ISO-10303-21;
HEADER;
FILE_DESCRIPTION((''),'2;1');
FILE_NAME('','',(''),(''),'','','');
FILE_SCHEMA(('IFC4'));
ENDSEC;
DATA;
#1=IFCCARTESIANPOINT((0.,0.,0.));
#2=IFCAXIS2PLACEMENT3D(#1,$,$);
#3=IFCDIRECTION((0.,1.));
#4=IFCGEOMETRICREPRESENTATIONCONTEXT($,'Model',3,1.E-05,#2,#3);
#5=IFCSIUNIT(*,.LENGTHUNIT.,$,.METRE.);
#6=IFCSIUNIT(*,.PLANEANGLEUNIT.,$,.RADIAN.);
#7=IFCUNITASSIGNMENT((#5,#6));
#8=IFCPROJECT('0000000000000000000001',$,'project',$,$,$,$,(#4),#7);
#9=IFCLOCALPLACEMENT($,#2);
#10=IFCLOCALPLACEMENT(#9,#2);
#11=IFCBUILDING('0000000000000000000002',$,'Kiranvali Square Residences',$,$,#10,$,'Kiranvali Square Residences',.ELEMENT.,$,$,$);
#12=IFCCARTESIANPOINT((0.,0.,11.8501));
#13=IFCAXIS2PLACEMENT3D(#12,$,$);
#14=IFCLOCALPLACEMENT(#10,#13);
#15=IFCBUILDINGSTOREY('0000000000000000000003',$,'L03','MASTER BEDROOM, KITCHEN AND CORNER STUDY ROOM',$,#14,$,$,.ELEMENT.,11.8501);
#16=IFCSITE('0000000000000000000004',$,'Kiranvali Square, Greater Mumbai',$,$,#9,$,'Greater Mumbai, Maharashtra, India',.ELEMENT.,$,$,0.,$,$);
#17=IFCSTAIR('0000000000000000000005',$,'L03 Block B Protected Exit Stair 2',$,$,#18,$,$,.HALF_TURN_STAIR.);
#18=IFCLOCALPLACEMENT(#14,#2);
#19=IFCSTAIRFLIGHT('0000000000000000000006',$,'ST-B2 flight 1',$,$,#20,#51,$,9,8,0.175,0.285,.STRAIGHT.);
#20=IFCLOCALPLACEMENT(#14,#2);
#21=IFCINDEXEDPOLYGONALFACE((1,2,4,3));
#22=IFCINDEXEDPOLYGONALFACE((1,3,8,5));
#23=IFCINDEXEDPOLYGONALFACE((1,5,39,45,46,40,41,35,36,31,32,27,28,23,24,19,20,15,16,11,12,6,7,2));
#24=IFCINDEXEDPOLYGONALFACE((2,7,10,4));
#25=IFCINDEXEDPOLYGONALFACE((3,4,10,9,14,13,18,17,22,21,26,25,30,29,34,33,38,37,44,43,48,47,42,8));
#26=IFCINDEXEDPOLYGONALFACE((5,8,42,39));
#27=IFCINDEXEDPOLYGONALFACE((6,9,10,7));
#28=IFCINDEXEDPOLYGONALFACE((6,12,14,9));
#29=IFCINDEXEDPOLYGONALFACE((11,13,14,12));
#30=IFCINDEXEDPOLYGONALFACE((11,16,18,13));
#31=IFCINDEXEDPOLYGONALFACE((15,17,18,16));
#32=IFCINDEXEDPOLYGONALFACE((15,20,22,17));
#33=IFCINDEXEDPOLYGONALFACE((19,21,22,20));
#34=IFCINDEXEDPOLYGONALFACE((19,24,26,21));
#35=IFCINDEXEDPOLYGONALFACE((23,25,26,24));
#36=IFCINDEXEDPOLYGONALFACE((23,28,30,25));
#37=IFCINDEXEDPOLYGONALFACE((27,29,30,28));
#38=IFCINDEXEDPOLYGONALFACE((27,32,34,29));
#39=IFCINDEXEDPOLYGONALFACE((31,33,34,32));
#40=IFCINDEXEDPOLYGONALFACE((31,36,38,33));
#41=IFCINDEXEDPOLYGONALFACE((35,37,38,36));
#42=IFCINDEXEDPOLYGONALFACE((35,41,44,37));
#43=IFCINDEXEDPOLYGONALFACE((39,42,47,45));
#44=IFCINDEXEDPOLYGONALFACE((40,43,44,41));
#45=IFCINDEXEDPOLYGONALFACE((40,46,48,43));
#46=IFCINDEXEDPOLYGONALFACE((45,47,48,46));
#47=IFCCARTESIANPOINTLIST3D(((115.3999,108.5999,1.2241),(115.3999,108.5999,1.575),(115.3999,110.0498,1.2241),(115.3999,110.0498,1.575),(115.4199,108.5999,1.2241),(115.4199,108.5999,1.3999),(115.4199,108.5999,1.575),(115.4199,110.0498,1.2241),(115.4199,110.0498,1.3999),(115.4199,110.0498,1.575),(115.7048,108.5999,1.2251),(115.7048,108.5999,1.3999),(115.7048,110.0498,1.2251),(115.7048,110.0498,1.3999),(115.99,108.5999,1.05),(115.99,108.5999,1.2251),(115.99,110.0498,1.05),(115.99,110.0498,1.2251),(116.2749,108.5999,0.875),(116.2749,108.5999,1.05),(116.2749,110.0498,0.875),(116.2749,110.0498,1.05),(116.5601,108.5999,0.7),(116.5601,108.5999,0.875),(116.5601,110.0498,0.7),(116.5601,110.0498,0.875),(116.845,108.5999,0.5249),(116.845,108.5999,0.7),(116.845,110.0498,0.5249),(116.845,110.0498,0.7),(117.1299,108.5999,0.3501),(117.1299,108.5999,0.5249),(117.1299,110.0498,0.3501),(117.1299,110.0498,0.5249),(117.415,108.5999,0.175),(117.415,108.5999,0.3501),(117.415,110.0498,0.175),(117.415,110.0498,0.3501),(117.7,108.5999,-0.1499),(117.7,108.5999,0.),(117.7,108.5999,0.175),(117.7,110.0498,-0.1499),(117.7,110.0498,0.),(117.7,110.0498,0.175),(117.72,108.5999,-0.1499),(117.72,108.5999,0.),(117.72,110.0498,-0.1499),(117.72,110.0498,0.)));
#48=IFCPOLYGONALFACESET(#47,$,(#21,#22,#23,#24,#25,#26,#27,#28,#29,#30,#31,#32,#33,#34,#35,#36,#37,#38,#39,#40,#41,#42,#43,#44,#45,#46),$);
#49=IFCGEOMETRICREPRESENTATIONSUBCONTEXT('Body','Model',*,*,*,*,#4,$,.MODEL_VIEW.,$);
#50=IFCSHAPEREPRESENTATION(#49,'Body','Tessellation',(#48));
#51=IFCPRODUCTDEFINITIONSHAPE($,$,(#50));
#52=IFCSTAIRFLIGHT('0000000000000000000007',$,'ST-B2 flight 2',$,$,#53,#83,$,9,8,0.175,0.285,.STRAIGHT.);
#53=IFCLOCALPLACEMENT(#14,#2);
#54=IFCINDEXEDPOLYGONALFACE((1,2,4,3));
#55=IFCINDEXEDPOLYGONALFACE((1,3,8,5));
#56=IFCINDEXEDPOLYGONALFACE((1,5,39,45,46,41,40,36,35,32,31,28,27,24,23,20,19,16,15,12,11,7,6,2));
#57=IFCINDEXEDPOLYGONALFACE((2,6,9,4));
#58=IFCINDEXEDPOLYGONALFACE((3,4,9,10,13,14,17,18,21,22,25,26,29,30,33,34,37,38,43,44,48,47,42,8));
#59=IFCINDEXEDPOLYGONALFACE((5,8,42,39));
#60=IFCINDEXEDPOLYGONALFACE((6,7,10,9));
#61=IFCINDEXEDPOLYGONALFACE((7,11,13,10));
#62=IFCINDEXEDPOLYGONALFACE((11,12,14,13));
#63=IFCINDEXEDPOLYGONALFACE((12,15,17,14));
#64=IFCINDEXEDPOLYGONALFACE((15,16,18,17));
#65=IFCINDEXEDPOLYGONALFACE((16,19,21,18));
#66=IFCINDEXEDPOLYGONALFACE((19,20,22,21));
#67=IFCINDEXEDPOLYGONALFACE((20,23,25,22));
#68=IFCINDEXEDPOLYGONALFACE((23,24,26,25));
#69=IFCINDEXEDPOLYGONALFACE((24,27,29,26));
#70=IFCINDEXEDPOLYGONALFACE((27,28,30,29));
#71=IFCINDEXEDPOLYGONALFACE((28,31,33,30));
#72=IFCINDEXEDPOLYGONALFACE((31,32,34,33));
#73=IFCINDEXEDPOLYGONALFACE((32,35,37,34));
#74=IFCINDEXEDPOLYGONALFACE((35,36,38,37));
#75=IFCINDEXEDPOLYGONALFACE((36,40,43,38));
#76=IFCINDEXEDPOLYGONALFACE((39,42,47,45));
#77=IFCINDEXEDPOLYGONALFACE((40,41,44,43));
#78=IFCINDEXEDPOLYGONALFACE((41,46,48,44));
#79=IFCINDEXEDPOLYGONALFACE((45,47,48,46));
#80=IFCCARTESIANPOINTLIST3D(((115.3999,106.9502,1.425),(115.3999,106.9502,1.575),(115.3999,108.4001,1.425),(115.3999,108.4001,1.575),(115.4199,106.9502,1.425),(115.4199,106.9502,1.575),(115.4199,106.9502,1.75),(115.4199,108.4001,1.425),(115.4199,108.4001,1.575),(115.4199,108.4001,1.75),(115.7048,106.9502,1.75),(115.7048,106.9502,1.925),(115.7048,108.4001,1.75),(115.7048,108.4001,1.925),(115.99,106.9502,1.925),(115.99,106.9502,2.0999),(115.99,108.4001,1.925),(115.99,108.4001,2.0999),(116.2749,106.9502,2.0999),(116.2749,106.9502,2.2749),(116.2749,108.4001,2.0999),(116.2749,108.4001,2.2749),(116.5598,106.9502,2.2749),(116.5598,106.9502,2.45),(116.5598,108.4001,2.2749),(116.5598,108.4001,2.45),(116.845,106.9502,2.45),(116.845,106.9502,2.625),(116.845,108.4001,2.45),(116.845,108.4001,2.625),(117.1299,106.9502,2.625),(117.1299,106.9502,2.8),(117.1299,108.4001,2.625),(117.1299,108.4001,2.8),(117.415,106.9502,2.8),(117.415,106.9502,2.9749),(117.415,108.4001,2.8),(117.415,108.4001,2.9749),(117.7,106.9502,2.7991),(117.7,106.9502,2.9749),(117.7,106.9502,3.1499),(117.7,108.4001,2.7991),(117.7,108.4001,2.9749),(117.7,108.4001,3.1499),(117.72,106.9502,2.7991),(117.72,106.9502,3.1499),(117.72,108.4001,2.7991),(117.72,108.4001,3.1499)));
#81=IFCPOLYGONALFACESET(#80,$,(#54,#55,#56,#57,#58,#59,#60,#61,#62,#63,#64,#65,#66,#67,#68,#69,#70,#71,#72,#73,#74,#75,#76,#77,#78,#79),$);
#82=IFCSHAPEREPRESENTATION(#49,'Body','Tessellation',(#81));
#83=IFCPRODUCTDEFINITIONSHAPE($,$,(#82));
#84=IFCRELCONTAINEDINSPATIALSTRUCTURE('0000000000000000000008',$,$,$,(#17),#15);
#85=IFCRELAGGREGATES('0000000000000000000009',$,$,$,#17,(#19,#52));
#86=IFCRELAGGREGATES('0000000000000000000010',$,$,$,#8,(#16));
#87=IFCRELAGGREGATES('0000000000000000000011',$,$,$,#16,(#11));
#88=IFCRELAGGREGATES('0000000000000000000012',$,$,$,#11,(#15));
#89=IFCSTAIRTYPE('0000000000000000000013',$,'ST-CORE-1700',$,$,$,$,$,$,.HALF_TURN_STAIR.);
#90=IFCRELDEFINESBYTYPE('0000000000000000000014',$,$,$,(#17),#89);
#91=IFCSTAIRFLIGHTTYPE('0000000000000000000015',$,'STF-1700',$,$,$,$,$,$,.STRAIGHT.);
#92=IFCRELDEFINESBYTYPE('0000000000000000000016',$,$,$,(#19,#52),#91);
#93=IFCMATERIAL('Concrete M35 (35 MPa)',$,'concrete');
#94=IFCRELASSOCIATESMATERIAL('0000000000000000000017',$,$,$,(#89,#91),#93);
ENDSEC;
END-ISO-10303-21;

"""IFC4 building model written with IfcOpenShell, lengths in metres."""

from ifc_helpers import new_model, si_unit, direction, frame, origin, place, context, subcontext, project, spatial, polyline, outline, extrude, material, type_object, element, aggregate, save


model = new_model("IFC4")

# Units and contexts
model_context = context("Model", 3, precision=1e-05, world=origin(), true_north=direction((0.0, 1.0)))
body_context = subcontext(model_context, "Body", "Model", "MODEL_VIEW")
ifc_project = project(units=[si_unit("LENGTHUNIT", "METRE"), si_unit("PLANEANGLEUNIT", "RADIAN")], contexts=[model_context])

# Site, building, storey
site_placement = place(None, origin())
site = spatial("IfcSite", under=ifc_project, at=site_placement, Name="Kiranvali Square, Greater Mumbai", LongName="Greater Mumbai, Maharashtra, India", CompositionType="ELEMENT", RefElevation=0.0)
building_placement = place(site_placement, origin())
building = spatial("IfcBuilding", under=site, at=building_placement, Name="Kiranvali Square Residences", LongName="Kiranvali Square Residences", CompositionType="ELEMENT")
storey_placement = place(building_placement, frame((0.0, 0.0, 11.8501)))
storey = spatial("IfcBuildingStorey", under=building, at=storey_placement, Name="L03", Description="MASTER BEDROOM, KITCHEN AND CORNER STUDY ROOM", CompositionType="ELEMENT", Elevation=11.8501)

# Stair, stair flights
ifc_material_1 = material(Name="Concrete M35 (35 MPa)", Category="concrete")
stair_type = type_object("IfcStairType", Name="ST-CORE-1700", PredefinedType="HALF_TURN_STAIR", material=ifc_material_1)
stair_placement = place(storey_placement, origin())
stair = element("IfcStair", 1, at=stair_placement, inside=storey, type_object=stair_type, Name="L03 Block B Protected Exit Stair 2", PredefinedType="HALF_TURN_STAIR")
stair_flight_type = type_object("IfcStairFlightType", Name="STF-1700", PredefinedType="STRAIGHT", material=ifc_material_1)
stair_flight_1_placement = place(storey_placement, frame((117.7, 109.325, 0.0), z_axis=(0.0, 0.0, 1.0), x_axis=(-1.0, 0.0, 0.0)))
stair_flight_1 = element("IfcStairFlight", 2, at=stair_flight_1_placement, type_object=stair_flight_type, Name="ST-B2 flight 1", NumberOfRisers=9, NumberOfTreads=8, PredefinedType="STRAIGHT", RiserHeight=0.175, TreadLength=0.285, context=body_context, shape_type="SweptSolid", body=[
    extrude(outline(polyline([(-0.02, -0.1499), (-0.02, 0.0), (0.0, 0.0), (0.0, 0.175), (0.2849, 0.175), (0.2849, 0.3501), (0.5701, 0.3501), (0.5701, 0.5249), (0.855, 0.5249), (0.855, 0.7), (1.1399, 0.7), (1.1399, 0.875), (1.425, 0.875), (1.425, 1.05), (1.71, 1.05), (1.71, 1.2251), (1.9951, 1.2251), (1.9951, 1.3999), (2.28, 1.3999), (2.28, 1.575), (2.3, 1.575), (2.3, 1.2241), (2.28, 1.2241), (0.0, -0.1499), (-0.02, -0.1499)])), frame((0.0, 0.7251, 0.0), z_axis=(0.0, -1.0, 0.0), x_axis=(1.0, 0.0, 0.0)), (0.0, 0.0, 1.0), 1.45),
])
stair_flight_2_placement = place(storey_placement, frame((115.4199, 107.675, 1.575), z_axis=(0.0, 0.0, 1.0), x_axis=(1.0, 0.0, 0.0)))
stair_flight_2 = element("IfcStairFlight", 3, at=stair_flight_2_placement, type_object=stair_flight_type, Name="ST-B2 flight 2", NumberOfRisers=9, NumberOfTreads=8, PredefinedType="STRAIGHT", RiserHeight=0.175, TreadLength=0.285, context=body_context, shape_type="SweptSolid", body=[
    extrude(outline(polyline([(-0.02, -0.1499), (-0.02, 0.0), (0.0, 0.0), (0.0, 0.175), (0.2849, 0.175), (0.2849, 0.3501), (0.5701, 0.3501), (0.5701, 0.5249), (0.855, 0.5249), (0.855, 0.7), (1.1399, 0.7), (1.1399, 0.875), (1.425, 0.875), (1.425, 1.05), (1.71, 1.05), (1.71, 1.2251), (1.9951, 1.2251), (1.9951, 1.3999), (2.28, 1.3999), (2.28, 1.575), (2.3, 1.575), (2.3, 1.2241), (2.28, 1.2241), (0.0, -0.1499), (-0.02, -0.1499)])), frame((0.0, 0.7251, 0.0), z_axis=(0.0, -1.0, 0.0), x_axis=(1.0, 0.0, 0.0)), (0.0, 0.0, 1.0), 1.45),
])
aggregate(stair, [stair_flight_1, stair_flight_2])

save(model, "model.ifc")
